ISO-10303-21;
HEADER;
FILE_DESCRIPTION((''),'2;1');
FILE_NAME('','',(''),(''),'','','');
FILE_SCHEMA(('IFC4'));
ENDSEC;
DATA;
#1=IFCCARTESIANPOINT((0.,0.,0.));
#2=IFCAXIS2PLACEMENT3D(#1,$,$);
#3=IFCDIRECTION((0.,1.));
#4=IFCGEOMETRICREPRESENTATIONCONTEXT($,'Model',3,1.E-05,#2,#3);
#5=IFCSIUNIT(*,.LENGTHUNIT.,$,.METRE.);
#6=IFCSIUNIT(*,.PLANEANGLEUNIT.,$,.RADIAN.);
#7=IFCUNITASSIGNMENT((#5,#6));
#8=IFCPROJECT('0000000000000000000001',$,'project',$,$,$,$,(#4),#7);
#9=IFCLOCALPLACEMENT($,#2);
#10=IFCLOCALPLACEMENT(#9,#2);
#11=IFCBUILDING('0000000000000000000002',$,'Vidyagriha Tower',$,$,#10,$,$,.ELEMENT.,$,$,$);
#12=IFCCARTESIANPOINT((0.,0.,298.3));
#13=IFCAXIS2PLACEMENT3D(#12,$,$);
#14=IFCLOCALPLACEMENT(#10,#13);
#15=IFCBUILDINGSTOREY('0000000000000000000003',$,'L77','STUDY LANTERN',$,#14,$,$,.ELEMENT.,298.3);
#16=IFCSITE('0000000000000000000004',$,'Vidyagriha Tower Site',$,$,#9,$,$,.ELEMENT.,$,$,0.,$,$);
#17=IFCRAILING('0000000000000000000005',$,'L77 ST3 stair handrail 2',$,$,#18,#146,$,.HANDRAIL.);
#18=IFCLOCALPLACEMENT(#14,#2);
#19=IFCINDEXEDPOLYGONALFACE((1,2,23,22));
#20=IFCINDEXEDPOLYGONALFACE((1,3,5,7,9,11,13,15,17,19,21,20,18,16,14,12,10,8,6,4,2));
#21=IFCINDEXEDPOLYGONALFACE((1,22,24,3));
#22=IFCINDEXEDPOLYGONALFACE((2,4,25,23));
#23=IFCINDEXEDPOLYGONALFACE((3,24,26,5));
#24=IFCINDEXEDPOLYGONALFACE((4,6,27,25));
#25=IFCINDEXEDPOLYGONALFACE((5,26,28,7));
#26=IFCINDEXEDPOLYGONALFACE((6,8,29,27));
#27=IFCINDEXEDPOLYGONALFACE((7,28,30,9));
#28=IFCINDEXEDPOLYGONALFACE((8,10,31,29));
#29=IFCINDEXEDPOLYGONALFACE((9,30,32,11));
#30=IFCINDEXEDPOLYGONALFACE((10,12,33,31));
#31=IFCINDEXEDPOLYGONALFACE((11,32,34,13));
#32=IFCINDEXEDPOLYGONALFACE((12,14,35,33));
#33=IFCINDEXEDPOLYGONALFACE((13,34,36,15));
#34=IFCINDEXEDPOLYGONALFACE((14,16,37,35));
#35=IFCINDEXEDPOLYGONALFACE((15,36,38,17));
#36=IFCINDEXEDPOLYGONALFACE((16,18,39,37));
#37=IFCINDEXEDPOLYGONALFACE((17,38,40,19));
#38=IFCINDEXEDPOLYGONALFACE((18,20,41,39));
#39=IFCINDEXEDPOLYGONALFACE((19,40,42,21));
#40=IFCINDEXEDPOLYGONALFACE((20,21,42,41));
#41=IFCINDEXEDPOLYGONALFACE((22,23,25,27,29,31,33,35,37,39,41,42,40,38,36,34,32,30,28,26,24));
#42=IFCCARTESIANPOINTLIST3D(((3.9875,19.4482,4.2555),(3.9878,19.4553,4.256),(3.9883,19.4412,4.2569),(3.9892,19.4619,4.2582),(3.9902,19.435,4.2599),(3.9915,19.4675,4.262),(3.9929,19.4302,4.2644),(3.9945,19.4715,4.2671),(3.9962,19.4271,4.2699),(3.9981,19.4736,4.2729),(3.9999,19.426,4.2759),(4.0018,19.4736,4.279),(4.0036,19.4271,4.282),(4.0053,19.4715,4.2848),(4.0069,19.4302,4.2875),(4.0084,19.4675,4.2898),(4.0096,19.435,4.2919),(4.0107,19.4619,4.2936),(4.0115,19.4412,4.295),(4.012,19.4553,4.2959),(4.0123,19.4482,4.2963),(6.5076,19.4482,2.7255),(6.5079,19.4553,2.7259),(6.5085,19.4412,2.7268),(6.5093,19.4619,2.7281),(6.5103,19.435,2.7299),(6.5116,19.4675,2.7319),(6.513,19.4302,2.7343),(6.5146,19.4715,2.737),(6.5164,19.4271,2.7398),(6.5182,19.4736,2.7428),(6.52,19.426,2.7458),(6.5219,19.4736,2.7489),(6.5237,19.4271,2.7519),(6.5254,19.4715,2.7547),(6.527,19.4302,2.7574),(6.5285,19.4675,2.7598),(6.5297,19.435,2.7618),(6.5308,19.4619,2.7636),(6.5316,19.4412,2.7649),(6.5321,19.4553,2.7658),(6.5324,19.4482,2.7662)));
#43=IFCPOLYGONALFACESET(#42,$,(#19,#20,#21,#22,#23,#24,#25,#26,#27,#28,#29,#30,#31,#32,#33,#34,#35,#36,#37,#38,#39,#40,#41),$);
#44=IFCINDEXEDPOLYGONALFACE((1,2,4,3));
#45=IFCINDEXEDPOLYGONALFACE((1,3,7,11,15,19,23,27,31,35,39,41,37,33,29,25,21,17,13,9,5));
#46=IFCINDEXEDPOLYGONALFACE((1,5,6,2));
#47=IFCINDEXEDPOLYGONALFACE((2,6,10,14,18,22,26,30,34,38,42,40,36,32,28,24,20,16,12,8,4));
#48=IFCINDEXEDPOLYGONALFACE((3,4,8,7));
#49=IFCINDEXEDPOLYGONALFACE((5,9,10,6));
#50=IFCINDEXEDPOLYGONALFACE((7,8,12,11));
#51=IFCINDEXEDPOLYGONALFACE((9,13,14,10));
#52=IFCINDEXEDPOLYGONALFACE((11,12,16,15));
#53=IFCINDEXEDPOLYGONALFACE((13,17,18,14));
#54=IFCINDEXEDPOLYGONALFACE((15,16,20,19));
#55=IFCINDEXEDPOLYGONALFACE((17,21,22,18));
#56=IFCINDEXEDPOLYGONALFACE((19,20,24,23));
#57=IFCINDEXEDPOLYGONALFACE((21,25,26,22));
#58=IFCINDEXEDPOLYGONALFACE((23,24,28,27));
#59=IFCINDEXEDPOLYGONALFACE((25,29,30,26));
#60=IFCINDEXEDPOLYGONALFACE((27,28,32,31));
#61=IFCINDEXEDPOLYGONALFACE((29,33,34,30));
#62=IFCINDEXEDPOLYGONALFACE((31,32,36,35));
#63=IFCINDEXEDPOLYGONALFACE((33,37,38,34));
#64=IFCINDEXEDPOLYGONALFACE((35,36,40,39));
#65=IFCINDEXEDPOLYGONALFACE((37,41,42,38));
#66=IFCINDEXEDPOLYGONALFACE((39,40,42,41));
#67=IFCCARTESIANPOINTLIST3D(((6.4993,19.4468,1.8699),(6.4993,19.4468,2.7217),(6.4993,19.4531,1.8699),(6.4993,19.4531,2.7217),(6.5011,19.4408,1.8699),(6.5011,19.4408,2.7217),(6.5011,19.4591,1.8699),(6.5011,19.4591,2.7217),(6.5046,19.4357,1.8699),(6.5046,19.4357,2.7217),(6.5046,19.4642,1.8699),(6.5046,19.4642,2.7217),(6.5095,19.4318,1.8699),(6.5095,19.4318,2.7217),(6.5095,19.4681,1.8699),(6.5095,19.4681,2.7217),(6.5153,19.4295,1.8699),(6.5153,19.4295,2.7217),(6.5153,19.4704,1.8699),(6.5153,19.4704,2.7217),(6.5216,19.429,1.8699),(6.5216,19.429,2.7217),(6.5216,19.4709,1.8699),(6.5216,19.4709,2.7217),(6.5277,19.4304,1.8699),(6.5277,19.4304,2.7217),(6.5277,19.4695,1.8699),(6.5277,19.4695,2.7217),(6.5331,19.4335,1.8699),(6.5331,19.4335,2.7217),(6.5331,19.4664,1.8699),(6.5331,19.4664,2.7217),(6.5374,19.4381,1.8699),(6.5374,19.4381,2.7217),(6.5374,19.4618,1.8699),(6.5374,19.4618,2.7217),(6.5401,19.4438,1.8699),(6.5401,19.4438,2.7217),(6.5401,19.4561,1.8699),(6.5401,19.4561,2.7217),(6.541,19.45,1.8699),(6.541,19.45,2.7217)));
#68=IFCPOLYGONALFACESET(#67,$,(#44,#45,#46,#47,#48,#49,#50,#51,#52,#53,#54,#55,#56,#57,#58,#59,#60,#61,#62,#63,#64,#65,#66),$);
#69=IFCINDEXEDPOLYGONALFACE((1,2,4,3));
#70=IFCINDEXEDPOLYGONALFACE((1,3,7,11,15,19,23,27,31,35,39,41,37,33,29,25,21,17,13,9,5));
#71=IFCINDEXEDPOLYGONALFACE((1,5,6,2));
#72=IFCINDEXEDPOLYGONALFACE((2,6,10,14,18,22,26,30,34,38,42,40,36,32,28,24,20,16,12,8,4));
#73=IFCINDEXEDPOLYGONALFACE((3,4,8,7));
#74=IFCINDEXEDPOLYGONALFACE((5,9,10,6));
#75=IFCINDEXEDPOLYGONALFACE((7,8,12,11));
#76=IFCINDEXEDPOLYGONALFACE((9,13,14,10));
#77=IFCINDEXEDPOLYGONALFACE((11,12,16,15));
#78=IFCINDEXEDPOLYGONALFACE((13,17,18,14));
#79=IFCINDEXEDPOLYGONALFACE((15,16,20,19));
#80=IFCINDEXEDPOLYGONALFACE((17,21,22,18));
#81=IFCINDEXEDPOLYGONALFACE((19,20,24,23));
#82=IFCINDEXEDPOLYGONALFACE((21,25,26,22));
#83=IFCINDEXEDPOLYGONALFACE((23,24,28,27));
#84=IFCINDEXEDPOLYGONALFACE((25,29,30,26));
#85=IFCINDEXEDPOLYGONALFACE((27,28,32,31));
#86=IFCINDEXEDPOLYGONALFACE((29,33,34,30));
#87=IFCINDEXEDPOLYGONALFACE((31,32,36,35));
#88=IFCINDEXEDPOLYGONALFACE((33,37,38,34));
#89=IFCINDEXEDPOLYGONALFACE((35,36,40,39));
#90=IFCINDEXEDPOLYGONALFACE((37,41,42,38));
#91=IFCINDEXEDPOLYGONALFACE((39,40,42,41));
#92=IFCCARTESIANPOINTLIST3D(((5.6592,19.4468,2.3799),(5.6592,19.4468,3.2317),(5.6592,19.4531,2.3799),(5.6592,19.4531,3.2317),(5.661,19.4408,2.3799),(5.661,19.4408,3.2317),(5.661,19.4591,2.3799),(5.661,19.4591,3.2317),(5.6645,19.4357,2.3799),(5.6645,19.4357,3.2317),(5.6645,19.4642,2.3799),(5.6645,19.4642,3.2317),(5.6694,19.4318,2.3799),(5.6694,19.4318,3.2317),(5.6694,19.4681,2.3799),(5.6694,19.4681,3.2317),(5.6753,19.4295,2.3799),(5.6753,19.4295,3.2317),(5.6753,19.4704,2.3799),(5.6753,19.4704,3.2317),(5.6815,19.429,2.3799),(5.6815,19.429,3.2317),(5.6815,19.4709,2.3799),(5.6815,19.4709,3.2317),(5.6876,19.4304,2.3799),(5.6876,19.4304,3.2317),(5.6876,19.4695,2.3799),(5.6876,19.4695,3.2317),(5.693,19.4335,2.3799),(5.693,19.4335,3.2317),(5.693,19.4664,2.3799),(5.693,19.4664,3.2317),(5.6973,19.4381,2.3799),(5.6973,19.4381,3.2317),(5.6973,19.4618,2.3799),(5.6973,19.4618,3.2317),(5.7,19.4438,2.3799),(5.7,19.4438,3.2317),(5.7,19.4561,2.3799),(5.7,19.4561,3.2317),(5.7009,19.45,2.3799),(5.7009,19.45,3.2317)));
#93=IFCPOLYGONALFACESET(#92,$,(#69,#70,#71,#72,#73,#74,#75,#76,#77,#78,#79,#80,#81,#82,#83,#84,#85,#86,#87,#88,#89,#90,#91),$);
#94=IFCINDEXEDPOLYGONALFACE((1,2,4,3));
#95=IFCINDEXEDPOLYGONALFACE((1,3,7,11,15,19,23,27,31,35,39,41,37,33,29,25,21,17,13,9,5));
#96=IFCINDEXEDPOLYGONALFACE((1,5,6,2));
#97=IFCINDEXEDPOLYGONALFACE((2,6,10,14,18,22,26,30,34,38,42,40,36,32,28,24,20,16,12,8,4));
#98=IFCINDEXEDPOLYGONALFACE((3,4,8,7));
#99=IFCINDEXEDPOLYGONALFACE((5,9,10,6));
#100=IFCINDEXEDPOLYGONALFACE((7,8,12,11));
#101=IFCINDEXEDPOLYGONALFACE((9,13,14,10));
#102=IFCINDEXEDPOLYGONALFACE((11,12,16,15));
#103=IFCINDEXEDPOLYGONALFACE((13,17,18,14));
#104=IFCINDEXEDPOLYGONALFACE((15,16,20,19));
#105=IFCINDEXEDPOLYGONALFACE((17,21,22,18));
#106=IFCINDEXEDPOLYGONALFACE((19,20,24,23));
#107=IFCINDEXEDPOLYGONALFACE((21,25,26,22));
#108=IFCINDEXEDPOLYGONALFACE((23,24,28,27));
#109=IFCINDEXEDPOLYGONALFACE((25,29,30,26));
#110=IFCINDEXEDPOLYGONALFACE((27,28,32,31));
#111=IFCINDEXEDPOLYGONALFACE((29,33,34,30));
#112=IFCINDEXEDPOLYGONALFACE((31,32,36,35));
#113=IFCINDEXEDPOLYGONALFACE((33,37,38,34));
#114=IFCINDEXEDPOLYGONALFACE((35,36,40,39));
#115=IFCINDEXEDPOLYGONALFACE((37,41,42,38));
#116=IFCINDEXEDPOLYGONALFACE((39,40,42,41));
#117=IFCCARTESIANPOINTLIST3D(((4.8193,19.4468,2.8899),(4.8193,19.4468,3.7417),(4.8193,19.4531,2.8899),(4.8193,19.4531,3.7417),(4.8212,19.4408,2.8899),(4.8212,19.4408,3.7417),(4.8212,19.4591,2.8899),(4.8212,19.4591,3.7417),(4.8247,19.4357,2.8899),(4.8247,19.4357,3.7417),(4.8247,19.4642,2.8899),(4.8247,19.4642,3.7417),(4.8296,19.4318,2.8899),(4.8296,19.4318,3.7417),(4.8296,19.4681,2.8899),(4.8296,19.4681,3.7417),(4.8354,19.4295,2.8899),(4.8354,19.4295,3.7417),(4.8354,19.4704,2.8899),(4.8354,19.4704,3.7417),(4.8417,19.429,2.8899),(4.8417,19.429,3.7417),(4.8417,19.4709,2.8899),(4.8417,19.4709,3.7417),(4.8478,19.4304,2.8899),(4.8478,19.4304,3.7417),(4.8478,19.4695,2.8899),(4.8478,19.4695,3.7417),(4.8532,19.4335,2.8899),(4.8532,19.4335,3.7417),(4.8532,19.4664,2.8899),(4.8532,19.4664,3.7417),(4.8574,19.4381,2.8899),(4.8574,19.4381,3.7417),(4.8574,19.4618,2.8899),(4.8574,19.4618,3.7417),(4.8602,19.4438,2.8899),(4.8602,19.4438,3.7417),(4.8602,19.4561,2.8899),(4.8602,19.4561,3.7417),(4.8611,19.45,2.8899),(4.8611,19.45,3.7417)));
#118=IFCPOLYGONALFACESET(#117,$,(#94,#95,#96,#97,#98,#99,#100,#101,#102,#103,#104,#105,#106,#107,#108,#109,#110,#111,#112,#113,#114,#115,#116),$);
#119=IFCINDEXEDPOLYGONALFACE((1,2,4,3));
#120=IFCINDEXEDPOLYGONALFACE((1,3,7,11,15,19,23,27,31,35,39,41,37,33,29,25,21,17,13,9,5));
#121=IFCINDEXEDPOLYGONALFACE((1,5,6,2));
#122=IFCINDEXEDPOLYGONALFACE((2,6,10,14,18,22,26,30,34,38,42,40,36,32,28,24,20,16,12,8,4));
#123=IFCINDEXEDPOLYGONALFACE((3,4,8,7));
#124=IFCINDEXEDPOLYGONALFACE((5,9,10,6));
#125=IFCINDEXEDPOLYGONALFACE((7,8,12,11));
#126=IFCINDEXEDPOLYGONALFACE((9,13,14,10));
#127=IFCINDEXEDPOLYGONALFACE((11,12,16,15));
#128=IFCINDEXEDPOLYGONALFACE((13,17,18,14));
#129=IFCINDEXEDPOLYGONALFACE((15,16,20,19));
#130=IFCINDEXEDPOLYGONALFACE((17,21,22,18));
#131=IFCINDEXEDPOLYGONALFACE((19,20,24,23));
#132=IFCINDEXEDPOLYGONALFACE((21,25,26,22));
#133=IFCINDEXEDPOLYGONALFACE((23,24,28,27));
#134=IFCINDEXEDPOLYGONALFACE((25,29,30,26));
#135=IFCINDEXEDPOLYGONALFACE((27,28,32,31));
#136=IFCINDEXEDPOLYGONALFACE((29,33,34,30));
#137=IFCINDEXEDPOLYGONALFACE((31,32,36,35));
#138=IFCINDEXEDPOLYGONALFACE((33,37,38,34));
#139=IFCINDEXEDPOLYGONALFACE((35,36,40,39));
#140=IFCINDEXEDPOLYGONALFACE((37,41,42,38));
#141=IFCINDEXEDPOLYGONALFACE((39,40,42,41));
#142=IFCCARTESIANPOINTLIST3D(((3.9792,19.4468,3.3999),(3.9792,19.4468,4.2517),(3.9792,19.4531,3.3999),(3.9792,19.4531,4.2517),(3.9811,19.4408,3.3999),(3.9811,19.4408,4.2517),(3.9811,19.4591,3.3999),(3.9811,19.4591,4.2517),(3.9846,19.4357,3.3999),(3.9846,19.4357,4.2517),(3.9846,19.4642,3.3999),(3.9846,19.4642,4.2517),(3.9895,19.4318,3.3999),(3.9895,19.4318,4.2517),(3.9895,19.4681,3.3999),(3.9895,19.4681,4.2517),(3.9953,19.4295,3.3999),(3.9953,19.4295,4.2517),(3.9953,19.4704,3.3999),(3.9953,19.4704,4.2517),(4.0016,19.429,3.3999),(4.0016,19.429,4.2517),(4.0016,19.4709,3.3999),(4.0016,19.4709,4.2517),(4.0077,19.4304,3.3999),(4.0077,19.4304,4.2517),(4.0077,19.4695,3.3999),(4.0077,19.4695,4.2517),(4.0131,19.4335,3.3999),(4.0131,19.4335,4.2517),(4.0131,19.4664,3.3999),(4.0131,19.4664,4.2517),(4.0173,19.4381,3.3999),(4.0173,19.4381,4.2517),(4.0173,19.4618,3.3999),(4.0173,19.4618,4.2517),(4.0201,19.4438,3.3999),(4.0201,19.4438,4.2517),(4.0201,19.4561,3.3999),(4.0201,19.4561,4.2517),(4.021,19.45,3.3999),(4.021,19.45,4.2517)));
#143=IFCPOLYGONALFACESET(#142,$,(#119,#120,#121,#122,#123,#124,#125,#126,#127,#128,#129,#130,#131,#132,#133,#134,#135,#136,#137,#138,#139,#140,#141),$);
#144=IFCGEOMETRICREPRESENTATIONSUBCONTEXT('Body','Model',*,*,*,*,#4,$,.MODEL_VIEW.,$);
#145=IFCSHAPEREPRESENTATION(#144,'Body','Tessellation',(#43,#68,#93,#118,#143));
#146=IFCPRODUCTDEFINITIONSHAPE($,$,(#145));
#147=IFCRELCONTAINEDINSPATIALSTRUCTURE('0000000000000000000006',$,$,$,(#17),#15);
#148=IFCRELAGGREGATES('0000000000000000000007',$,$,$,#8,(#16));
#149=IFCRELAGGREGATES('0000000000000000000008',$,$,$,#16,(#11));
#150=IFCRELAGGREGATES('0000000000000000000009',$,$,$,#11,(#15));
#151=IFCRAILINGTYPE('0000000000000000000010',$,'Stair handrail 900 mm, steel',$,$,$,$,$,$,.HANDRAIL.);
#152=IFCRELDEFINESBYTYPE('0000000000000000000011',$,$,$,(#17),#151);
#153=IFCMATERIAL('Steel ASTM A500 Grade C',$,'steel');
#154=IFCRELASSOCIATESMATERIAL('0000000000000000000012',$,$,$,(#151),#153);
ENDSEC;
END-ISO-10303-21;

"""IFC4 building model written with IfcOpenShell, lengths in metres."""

from ifc_helpers import new_model, si_unit, direction, frame, origin, origin_2d, place, context, subcontext, project, spatial, circle, extrude, material, type_object, element, save


model = new_model("IFC4")

# Units and contexts
model_context = context("Model", 3, precision=1e-05, world=origin(), true_north=direction((0.0, 1.0)))
body_context = subcontext(model_context, "Body", "Model", "MODEL_VIEW")
ifc_project = project(units=[si_unit("LENGTHUNIT", "METRE"), si_unit("PLANEANGLEUNIT", "RADIAN")], contexts=[model_context])

# Site, building, storey
site_placement = place(None, origin())
site = spatial("IfcSite", under=ifc_project, at=site_placement, Name="Vidyagriha Tower Site", CompositionType="ELEMENT", RefElevation=0.0)
building_placement = place(site_placement, origin())
building = spatial("IfcBuilding", under=site, at=building_placement, Name="Vidyagriha Tower", CompositionType="ELEMENT")
storey_placement = place(building_placement, frame((0.0, 0.0, 298.3)))
storey = spatial("IfcBuildingStorey", under=building, at=storey_placement, Name="L77", Description="STUDY LANTERN", CompositionType="ELEMENT", Elevation=298.3)

# Railing
ifc_material_1 = material(Name="Steel ASTM A500 Grade C", Category="steel")
railing_type_1 = type_object("IfcRailingType", Name="Stair handrail 900 mm, steel", PredefinedType="HANDRAIL", material=ifc_material_1)
railing_1_placement = place(storey_placement, frame((6.52, 19.45, 1.8699)))
element("IfcRailing", 1, at=railing_1_placement, inside=storey, type_object=railing_type_1, Name="L77 ST3 stair handrail 2", PredefinedType="HANDRAIL", context=body_context, shape_type="SweptSolid", body=[
    extrude(circle(Radius=0.0239, at=origin_2d()), frame((0.0, 0.0, 0.876), z_axis=(-0.854785, 0.0, 0.518982), x_axis=(0.0, -1.0, 0.0)), (0.0, 0.0, 1.0), 2.9482),
    extrude(circle(Radius=0.021, at=origin_2d()), origin(), (0.0, 0.0, 1.0), 0.8518),
    extrude(circle(Radius=0.021, at=origin_2d()), frame((-0.8401, 0.0, 0.51)), (0.0, 0.0, 1.0), 0.8518),
    extrude(circle(Radius=0.021, at=origin_2d()), frame((-1.6799, 0.0, 1.02)), (0.0, 0.0, 1.0), 0.8518),
    extrude(circle(Radius=0.021, at=origin_2d()), frame((-2.52, 0.0, 1.53)), (0.0, 0.0, 1.0), 0.8518),
])

save(model, "model.ifc")
